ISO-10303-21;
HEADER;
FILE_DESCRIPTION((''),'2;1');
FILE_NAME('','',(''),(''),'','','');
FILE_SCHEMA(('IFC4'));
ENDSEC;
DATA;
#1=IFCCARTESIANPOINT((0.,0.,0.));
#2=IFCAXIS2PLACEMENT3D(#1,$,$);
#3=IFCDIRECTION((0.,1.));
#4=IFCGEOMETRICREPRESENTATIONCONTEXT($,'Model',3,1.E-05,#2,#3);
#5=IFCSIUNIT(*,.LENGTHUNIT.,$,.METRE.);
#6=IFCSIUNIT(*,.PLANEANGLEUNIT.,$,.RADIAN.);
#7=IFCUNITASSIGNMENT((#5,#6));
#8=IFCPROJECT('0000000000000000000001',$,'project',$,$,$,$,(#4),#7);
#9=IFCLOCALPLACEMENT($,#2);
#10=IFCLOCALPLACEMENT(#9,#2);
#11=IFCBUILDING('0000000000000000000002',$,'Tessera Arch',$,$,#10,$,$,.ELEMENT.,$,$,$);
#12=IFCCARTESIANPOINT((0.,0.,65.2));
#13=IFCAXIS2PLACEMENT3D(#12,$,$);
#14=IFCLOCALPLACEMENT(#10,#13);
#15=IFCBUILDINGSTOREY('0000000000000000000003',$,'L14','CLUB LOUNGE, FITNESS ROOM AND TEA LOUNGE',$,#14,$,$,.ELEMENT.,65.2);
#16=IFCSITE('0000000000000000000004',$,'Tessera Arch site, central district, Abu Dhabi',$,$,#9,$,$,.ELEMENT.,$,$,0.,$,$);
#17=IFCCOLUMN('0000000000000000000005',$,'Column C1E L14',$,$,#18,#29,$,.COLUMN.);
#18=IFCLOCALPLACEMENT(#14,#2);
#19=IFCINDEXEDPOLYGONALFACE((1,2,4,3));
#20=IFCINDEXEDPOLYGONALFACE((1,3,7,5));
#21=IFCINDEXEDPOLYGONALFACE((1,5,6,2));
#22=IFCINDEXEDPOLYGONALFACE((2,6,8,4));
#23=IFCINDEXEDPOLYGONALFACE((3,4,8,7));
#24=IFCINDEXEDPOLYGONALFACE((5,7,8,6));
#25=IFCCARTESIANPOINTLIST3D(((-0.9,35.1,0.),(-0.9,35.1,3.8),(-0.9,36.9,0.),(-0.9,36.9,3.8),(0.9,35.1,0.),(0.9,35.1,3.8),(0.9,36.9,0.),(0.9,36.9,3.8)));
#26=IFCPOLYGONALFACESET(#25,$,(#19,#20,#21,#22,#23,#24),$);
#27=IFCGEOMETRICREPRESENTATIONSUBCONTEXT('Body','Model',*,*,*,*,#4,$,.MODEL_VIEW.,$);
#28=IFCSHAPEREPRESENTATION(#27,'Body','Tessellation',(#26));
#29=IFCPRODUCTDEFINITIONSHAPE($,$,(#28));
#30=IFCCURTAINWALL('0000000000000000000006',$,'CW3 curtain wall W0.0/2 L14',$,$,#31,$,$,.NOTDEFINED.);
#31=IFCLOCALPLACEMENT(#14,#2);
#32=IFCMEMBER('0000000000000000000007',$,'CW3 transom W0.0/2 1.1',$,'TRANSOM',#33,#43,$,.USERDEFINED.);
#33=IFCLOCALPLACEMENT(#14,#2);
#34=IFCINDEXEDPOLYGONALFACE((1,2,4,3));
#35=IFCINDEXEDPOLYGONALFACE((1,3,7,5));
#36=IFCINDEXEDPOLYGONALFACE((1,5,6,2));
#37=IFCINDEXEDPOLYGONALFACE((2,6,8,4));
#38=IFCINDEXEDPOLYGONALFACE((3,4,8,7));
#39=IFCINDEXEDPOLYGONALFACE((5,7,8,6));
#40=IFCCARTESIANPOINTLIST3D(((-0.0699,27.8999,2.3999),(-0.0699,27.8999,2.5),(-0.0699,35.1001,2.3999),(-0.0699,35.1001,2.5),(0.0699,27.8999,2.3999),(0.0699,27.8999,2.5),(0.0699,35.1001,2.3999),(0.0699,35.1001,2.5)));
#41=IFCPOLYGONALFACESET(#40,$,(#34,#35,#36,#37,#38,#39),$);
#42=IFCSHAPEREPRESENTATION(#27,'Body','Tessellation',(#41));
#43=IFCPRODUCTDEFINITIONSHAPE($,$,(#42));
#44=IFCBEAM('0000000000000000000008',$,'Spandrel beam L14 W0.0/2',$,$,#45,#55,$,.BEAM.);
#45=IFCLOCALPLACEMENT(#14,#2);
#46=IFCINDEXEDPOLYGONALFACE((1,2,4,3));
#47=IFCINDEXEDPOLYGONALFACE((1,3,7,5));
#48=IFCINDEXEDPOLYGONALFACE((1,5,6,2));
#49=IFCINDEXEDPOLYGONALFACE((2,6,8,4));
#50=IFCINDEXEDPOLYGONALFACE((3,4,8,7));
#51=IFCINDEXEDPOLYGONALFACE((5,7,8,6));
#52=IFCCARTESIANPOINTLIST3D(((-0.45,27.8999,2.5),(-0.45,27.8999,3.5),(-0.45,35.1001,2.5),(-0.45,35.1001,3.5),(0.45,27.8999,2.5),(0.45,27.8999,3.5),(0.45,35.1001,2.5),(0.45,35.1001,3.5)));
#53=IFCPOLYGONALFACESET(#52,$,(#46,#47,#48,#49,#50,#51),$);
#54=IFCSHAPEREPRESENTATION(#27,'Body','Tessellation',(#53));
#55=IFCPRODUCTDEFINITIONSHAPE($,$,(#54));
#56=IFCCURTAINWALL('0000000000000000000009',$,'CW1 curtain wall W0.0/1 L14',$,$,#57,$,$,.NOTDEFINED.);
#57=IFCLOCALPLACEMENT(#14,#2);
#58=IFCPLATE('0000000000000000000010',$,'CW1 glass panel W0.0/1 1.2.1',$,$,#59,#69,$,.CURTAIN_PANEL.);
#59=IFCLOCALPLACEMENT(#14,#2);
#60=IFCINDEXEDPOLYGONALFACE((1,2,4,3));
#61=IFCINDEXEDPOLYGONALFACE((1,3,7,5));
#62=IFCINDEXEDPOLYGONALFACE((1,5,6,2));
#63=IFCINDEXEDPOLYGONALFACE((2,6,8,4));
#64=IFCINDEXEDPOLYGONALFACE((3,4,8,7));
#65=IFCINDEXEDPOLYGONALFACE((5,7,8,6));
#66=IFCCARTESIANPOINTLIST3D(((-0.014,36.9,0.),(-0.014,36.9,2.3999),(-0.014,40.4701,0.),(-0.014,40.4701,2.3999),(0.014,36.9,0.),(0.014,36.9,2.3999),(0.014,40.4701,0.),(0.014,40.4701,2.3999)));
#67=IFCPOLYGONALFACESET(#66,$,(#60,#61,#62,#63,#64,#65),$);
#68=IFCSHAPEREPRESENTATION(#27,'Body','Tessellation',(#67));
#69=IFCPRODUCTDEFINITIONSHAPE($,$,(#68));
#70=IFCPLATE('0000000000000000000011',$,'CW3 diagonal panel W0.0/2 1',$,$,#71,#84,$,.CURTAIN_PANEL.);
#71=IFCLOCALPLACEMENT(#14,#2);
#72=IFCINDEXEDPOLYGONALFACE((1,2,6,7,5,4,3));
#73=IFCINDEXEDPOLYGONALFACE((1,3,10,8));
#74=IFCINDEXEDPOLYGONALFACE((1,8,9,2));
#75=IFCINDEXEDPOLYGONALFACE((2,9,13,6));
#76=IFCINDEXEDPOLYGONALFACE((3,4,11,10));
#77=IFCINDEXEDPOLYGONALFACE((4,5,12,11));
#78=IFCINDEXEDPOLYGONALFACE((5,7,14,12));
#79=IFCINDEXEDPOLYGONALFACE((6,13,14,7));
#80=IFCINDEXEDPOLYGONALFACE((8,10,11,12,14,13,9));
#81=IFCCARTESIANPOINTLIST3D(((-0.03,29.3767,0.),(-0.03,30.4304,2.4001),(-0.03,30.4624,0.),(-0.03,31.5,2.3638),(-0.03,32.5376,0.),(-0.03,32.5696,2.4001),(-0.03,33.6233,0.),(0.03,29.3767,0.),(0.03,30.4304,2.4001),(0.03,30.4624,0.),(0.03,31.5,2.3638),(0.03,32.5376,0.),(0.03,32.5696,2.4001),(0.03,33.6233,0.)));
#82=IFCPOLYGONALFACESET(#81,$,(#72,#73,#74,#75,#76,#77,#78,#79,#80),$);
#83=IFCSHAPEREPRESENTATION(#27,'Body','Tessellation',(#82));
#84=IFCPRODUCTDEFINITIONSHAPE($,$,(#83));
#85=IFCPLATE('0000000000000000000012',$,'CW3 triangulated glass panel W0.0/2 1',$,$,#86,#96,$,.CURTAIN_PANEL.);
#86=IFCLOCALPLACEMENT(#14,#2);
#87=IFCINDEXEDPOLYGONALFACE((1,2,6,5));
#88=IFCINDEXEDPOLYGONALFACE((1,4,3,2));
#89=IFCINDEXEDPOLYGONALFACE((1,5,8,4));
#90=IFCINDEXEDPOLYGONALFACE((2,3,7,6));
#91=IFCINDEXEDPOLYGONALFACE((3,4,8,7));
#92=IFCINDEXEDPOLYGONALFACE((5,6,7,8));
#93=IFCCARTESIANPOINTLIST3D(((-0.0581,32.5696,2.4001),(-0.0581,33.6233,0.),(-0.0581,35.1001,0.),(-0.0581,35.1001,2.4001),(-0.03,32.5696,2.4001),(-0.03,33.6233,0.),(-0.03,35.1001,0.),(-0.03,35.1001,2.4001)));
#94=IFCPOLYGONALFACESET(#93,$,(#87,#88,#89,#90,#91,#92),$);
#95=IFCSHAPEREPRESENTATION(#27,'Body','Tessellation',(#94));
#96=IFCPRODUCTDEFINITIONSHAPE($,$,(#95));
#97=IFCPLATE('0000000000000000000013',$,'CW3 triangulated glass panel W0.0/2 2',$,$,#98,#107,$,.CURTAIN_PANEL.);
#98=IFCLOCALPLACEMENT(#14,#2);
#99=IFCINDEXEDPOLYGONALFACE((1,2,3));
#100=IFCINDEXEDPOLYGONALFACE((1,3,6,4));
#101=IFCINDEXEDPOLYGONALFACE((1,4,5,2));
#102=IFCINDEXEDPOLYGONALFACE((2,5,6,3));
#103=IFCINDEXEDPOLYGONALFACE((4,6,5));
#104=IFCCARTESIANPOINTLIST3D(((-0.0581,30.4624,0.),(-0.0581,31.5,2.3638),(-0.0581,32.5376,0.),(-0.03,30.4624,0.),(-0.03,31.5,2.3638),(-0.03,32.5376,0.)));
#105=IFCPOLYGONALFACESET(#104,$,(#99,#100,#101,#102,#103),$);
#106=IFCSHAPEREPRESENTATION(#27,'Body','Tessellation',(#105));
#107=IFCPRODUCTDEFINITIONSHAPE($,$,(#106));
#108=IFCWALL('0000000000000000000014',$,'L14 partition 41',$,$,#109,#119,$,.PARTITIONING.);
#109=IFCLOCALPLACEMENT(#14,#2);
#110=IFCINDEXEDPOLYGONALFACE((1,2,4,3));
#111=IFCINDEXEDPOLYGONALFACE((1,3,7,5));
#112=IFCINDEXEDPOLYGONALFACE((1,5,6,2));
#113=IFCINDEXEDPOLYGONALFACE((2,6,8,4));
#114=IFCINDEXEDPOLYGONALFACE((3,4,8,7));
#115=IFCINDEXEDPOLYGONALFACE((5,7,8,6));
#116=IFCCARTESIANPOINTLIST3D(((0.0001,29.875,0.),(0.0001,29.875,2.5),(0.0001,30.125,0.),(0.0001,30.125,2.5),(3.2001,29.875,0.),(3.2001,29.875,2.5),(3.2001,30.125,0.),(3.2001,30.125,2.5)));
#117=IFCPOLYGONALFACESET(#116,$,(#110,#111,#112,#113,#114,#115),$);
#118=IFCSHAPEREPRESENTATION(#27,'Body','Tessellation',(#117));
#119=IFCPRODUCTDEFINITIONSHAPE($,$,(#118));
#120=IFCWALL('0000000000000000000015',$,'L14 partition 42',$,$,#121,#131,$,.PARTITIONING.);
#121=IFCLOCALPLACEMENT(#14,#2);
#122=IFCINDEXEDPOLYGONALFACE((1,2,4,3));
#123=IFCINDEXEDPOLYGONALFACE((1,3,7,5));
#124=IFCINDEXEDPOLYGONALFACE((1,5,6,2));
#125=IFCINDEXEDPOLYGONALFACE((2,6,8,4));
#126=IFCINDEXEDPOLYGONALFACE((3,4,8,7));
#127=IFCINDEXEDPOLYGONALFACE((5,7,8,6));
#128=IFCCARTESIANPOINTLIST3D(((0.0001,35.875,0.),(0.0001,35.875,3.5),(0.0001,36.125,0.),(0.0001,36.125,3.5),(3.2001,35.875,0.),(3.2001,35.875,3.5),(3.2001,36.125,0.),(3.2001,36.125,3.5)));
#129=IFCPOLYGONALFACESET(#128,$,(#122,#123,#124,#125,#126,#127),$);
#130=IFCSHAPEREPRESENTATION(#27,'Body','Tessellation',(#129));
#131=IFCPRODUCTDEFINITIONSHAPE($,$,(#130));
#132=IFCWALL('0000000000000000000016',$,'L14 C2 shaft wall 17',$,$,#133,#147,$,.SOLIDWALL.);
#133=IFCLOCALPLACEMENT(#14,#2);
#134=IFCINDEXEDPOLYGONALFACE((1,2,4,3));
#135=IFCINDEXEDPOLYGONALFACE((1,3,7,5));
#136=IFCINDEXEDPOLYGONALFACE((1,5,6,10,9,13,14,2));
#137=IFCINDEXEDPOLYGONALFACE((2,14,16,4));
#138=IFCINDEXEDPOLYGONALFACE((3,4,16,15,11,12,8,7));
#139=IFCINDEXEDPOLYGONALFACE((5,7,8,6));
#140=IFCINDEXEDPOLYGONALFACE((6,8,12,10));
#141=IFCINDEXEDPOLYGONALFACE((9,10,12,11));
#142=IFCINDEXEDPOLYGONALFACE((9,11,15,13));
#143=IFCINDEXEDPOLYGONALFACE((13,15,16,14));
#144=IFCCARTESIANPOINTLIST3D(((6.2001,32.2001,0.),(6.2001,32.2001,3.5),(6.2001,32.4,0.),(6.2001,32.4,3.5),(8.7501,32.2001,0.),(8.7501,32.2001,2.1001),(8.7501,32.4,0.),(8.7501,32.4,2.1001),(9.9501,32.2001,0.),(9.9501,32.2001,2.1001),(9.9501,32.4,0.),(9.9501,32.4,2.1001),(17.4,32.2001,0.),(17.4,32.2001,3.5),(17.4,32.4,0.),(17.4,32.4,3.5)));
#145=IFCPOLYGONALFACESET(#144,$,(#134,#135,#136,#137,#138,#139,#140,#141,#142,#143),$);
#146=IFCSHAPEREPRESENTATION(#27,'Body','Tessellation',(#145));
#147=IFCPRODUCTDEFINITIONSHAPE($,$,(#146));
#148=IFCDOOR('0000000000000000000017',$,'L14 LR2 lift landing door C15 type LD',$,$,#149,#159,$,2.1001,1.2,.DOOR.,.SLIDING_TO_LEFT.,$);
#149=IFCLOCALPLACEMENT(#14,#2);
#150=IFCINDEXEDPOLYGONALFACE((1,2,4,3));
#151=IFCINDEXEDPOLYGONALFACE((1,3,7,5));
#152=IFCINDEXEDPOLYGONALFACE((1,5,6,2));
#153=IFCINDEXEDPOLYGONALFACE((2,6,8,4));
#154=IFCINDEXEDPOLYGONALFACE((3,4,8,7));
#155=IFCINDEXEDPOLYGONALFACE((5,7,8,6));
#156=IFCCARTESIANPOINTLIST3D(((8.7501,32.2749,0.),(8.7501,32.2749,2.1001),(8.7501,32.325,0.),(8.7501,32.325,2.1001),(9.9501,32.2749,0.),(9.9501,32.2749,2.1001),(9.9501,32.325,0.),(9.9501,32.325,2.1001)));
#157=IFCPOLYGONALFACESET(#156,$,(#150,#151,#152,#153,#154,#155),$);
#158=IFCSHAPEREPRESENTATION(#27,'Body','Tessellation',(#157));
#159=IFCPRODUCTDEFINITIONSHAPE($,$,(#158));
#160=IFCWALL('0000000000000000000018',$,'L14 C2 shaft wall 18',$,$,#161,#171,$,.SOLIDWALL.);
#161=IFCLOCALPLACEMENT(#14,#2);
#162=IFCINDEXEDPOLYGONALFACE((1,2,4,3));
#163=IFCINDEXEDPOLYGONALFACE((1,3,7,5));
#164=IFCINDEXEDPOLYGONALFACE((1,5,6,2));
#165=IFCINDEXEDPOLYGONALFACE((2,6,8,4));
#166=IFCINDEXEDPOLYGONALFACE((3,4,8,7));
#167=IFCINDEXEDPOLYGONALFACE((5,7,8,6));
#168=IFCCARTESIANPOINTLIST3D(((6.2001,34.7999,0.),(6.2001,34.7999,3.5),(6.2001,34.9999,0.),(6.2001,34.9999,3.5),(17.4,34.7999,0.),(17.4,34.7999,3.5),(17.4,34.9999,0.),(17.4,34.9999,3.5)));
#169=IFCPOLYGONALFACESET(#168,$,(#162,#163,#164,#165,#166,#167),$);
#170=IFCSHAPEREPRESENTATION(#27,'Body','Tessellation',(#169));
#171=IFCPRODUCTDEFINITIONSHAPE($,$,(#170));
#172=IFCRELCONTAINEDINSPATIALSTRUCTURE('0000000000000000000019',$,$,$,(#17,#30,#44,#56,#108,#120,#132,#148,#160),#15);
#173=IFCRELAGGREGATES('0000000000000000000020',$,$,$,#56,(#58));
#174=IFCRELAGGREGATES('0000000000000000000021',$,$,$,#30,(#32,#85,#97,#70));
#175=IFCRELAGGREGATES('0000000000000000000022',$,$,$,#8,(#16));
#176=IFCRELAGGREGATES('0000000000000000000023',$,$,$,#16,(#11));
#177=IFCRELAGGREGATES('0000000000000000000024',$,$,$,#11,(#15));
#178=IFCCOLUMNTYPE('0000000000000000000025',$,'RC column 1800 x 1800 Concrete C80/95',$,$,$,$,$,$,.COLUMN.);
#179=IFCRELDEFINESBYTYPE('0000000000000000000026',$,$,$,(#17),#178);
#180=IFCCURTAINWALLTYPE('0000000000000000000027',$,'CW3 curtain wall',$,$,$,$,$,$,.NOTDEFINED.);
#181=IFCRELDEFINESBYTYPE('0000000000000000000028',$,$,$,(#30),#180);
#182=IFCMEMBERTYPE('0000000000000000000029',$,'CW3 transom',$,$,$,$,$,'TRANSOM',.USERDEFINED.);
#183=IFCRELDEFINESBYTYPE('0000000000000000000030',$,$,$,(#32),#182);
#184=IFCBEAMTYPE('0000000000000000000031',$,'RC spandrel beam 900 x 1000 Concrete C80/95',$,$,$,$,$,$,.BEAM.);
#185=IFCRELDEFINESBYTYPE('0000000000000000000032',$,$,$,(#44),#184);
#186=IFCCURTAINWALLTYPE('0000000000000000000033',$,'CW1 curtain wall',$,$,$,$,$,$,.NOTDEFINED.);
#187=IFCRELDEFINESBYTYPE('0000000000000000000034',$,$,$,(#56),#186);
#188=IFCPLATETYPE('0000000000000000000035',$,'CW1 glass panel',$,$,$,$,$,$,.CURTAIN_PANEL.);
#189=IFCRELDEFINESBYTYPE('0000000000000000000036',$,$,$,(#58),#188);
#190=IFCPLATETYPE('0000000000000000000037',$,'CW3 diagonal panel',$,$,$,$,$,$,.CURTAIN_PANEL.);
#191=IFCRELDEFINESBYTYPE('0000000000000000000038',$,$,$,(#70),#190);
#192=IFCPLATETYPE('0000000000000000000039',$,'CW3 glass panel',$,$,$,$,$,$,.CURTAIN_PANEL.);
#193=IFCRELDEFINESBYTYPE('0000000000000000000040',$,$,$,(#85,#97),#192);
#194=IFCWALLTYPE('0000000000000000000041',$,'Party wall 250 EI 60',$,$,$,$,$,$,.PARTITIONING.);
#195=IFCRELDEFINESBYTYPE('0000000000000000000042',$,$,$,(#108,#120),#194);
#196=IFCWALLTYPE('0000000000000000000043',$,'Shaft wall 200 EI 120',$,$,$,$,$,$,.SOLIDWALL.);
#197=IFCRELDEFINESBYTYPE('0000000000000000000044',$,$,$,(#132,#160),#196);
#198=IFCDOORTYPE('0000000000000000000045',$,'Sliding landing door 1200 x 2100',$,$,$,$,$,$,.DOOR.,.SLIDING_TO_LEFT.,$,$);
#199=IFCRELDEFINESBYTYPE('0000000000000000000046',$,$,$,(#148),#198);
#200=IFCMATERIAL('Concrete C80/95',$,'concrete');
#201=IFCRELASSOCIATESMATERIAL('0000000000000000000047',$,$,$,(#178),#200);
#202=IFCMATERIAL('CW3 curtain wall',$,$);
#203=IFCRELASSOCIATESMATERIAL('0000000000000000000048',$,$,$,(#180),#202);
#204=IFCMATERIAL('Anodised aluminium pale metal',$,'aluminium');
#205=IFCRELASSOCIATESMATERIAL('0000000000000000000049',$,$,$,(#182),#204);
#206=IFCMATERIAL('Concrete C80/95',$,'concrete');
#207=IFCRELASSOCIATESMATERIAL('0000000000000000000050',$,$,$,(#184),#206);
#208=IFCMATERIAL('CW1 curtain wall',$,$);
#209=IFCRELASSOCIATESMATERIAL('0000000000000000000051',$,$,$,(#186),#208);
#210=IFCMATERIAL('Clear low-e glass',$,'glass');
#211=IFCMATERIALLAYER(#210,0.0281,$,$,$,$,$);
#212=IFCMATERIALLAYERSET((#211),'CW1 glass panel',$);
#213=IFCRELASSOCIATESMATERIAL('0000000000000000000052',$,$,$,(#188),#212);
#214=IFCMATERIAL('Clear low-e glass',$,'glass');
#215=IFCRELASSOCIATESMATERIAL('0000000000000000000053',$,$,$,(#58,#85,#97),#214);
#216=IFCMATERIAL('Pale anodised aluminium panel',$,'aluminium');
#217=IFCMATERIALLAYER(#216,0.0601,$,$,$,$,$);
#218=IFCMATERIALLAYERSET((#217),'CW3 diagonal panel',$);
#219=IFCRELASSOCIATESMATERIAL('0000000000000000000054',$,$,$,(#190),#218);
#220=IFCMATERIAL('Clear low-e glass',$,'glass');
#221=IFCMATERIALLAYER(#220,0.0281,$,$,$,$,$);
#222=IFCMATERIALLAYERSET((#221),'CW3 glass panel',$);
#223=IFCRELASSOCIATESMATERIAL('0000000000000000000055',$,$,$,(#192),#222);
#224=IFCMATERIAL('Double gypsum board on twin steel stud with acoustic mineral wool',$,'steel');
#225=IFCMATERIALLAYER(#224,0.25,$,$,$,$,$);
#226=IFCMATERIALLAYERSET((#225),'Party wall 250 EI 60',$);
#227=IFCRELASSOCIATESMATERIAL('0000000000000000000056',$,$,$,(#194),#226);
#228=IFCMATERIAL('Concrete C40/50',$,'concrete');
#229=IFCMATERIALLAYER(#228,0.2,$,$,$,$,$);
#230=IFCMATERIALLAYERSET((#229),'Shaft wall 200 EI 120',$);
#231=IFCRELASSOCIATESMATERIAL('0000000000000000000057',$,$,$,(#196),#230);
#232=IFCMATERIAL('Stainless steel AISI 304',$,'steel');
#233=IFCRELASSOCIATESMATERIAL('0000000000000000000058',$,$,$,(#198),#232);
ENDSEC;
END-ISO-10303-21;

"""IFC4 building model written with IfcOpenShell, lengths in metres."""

from ifc_helpers import new_model, si_unit, direction, frame, frame_2d, origin, origin_2d, place, context, subcontext, project, spatial, polyline, rectangle, outline, extrude, material, layer, layer_set, material_profile, profile_set, type_object, element, fill, aggregate, save


model = new_model("IFC4")

# Units and contexts
model_context = context("Model", 3, precision=1e-05, world=origin(), true_north=direction((0.0, 1.0)))
body_context = subcontext(model_context, "Body", "Model", "MODEL_VIEW")
ifc_project = project(units=[si_unit("LENGTHUNIT", "METRE"), si_unit("PLANEANGLEUNIT", "RADIAN")], contexts=[model_context])

# Site, building, storey
site_placement = place(None, origin())
site = spatial("IfcSite", under=ifc_project, at=site_placement, Name="Tessera Arch site, central district, Abu Dhabi", CompositionType="ELEMENT", RefElevation=0.0)
building_placement = place(site_placement, origin())
building = spatial("IfcBuilding", under=site, at=building_placement, Name="Tessera Arch", CompositionType="ELEMENT")
storey_placement = place(building_placement, frame((0.0, 0.0, 65.2)))
storey = spatial("IfcBuildingStorey", under=building, at=storey_placement, Name="L14", Description="CLUB LOUNGE, FITNESS ROOM AND TEA LOUNGE", CompositionType="ELEMENT", Elevation=65.2)

# Column
ifc_material_1 = material(Name="Concrete C80/95", Category="concrete")
ifc_material_profile_1 = material_profile(ifc_material_1, rectangle(XDim=1.8, YDim=1.8, at=origin_2d()), Name="RC column 1800 x 1800 Concrete C80/95")
ifc_profile_set_1 = profile_set([ifc_material_profile_1], Name="Concrete C80/95")
column_type = type_object("IfcColumnType", Name="RC column 1800 x 1800 Concrete C80/95", PredefinedType="COLUMN", material=ifc_profile_set_1)
column_placement = place(storey_placement, frame((0.0, 36.0, 0.0), z_axis=(0.0, 0.0, 1.0), x_axis=(1.0, 0.0, 0.0)))
element("IfcColumn", 1, at=column_placement, inside=storey, type_object=column_type, Name="Column C1E L14", PredefinedType="COLUMN", context=body_context, shape_type="SweptSolid", body=[
    extrude(rectangle(XDim=1.8, YDim=1.8, at=origin_2d()), origin(), (0.0, 0.0, 1.0), 3.8),
])

# Curtain wall, member
ifc_material_2 = material(Name="CW3 curtain wall")
curtain_wall_type_1 = type_object("IfcCurtainWallType", Name="CW3 curtain wall", PredefinedType="NOTDEFINED", material=ifc_material_2)
curtain_wall_1_placement = place(storey_placement, origin())
curtain_wall_1 = element("IfcCurtainWall", 2, at=curtain_wall_1_placement, inside=storey, type_object=curtain_wall_type_1, Name="CW3 curtain wall W0.0/2 L14", PredefinedType="NOTDEFINED")
ifc_material_3 = material(Name="Anodised aluminium pale metal", Category="aluminium")
ifc_material_profile_2 = material_profile(ifc_material_3, rectangle(XDim=0.1399, YDim=0.1001, at=origin_2d()), Name="AL 140x100")
ifc_profile_set_2 = profile_set([ifc_material_profile_2], Name="Anodised aluminium pale metal")
member_type = type_object("IfcMemberType", Name="CW3 transom", ElementType="TRANSOM", PredefinedType="USERDEFINED", material=ifc_profile_set_2)
member_placement = place(storey_placement, frame((0.0, 35.1001, 2.45), z_axis=(0.0, -1.0, 0.0), x_axis=(1.0, 0.0, 0.0)))
member = element("IfcMember", 3, at=member_placement, type_object=member_type, Name="CW3 transom W0.0/2 1.1", ObjectType="TRANSOM", PredefinedType="USERDEFINED", context=body_context, shape_type="SweptSolid", body=[
    extrude(rectangle(XDim=0.1399, YDim=0.1001, at=origin_2d()), origin(), (0.0, 0.0, 1.0), 7.2002),
])

# Beam
ifc_material_4 = material(Name="Concrete C80/95", Category="concrete")
ifc_material_profile_3 = material_profile(ifc_material_4, rectangle(XDim=0.8999, YDim=1.0, at=origin_2d()), Name="RC spandrel beam 900 x 1000 Concrete C80/95")
ifc_profile_set_3 = profile_set([ifc_material_profile_3], Name="Concrete C80/95")
beam_type = type_object("IfcBeamType", Name="RC spandrel beam 900 x 1000 Concrete C80/95", PredefinedType="BEAM", material=ifc_profile_set_3)
beam_placement = place(storey_placement, frame((0.0, 35.1001, 3.0), z_axis=(0.0, -1.0, 0.0), x_axis=(1.0, 0.0, 0.0)))
element("IfcBeam", 4, at=beam_placement, inside=storey, type_object=beam_type, Name="Spandrel beam L14 W0.0/2", PredefinedType="BEAM", context=body_context, shape_type="SweptSolid", body=[
    extrude(rectangle(XDim=0.8999, YDim=1.0, at=origin_2d()), origin(), (0.0, 0.0, 1.0), 7.2002),
])

# Curtain wall, plate
ifc_material_5 = material(Name="CW1 curtain wall")
curtain_wall_type_2 = type_object("IfcCurtainWallType", Name="CW1 curtain wall", PredefinedType="NOTDEFINED", material=ifc_material_5)
curtain_wall_2_placement = place(storey_placement, origin())
curtain_wall_2 = element("IfcCurtainWall", 5, at=curtain_wall_2_placement, inside=storey, type_object=curtain_wall_type_2, Name="CW1 curtain wall W0.0/1 L14", PredefinedType="NOTDEFINED")
ifc_material_6 = material(Name="Clear low-e glass", Category="glass")
ifc_material_7 = material(Name="Clear low-e glass", Category="glass")
ifc_layer_1 = layer(ifc_material_7, 0.0281)
ifc_layer_set_1 = layer_set([ifc_layer_1], Name="CW1 glass panel")
plate_type_1 = type_object("IfcPlateType", Name="CW1 glass panel", PredefinedType="CURTAIN_PANEL", material=ifc_layer_set_1)
plate_1_placement = place(storey_placement, frame((0.0, 38.6851, 0.0), z_axis=(0.0, 0.0, 1.0), x_axis=(0.0, -1.0, 0.0)))
plate_1 = element("IfcPlate", 6, at=plate_1_placement, type_object=plate_type_1, material=ifc_material_6, Name="CW1 glass panel W0.0/1 1.2.1", PredefinedType="CURTAIN_PANEL", context=body_context, shape_type="SweptSolid", body=[
    extrude(rectangle(XDim=3.5701, YDim=0.0281, at=origin_2d()), origin(), (0.0, 0.0, 1.0), 2.3999),
])
aggregate(curtain_wall_2, [plate_1])

# Plates
ifc_material_8 = material(Name="Pale anodised aluminium panel", Category="aluminium")
ifc_layer_2 = layer(ifc_material_8, 0.0601)
ifc_layer_set_2 = layer_set([ifc_layer_2], Name="CW3 diagonal panel")
plate_type_2 = type_object("IfcPlateType", Name="CW3 diagonal panel", PredefinedType="CURTAIN_PANEL", material=ifc_layer_set_2)
plate_2_placement = place(storey_placement, frame((-0.03, 30.4304, 2.4001), z_axis=(-1.0, 0.0, 0.0), x_axis=(0.0, 1.0, 0.0)))
plate_2 = element("IfcPlate", 7, at=plate_2_placement, type_object=plate_type_2, Name="CW3 diagonal panel W0.0/2 1", PredefinedType="CURTAIN_PANEL", context=body_context, shape_type="SweptSolid", body=[
    extrude(outline(polyline([(0.0, 0.0), (2.1392, 0.0), (3.1929, 2.4001), (2.1072, 2.4001), (1.0696, 0.0364), (0.032, 2.4001), (-1.0537, 2.4001), (0.0, 0.0)])), origin(), (0.0, 0.0, -1.0), 0.0601),
])
ifc_material_9 = material(Name="Clear low-e glass", Category="glass")
ifc_layer_3 = layer(ifc_material_9, 0.0281)
ifc_layer_set_3 = layer_set([ifc_layer_3], Name="CW3 glass panel")
plate_type_3 = type_object("IfcPlateType", Name="CW3 glass panel", PredefinedType="CURTAIN_PANEL", material=ifc_layer_set_3)
plate_3_placement = place(storey_placement, frame((-0.0581, 35.1001, 0.0), z_axis=(-1.0, 0.0, 0.0), x_axis=(0.0, -1.0, 0.0)))
plate_3 = element("IfcPlate", 8, at=plate_3_placement, type_object=plate_type_3, material=ifc_material_6, Name="CW3 triangulated glass panel W0.0/2 1", PredefinedType="CURTAIN_PANEL", context=body_context, shape_type="SweptSolid", body=[
    extrude(outline(polyline([(0.0, 0.0), (1.4768, 0.0), (2.5305, 2.4001), (0.0, 2.4001), (0.0, 0.0)])), origin(), (0.0, 0.0, -1.0), 0.0281),
])
plate_4_placement = place(storey_placement, frame((-0.0581, 32.5376, 0.0), z_axis=(-1.0, 0.0, 0.0), x_axis=(0.0, -1.0, 0.0)))
plate_4 = element("IfcPlate", 9, at=plate_4_placement, type_object=plate_type_3, material=ifc_material_6, Name="CW3 triangulated glass panel W0.0/2 2", PredefinedType="CURTAIN_PANEL", context=body_context, shape_type="SweptSolid", body=[
    extrude(outline(polyline([(0.0, 0.0), (2.0752, 0.0), (1.0376, 2.3638), (0.0, 0.0)])), origin(), (0.0, 0.0, -1.0), 0.0281),
])
aggregate(curtain_wall_1, [member, plate_3, plate_4, plate_2])

# Walls
ifc_material_10 = material(Name="Double gypsum board on twin steel stud with acoustic mineral wool", Category="steel")
ifc_layer_4 = layer(ifc_material_10, 0.25)
ifc_layer_set_4 = layer_set([ifc_layer_4], Name="Party wall 250 EI 60")
wall_type_1 = type_object("IfcWallType", Name="Party wall 250 EI 60", PredefinedType="PARTITIONING", material=ifc_layer_set_4)
wall_1_placement = place(storey_placement, frame((0.0, 30.0, 0.0), z_axis=(0.0, 0.0, 1.0), x_axis=(1.0, 0.0, 0.0)))
element("IfcWall", 10, at=wall_1_placement, inside=storey, type_object=wall_type_1, Name="L14 partition 41", PredefinedType="PARTITIONING", context=body_context, shape_type="SweptSolid", body=[
    extrude(rectangle(XDim=3.2, YDim=0.25, at=frame_2d((1.6001, 0.0))), origin(), (0.0, 0.0, 1.0), 2.5),
])
wall_2_placement = place(storey_placement, frame((0.0, 36.0, 0.0), z_axis=(0.0, 0.0, 1.0), x_axis=(1.0, 0.0, 0.0)))
element("IfcWall", 11, at=wall_2_placement, inside=storey, type_object=wall_type_1, Name="L14 partition 42", PredefinedType="PARTITIONING", context=body_context, shape_type="SweptSolid", body=[
    extrude(rectangle(XDim=3.2, YDim=0.25, at=frame_2d((1.6001, 0.0))), origin(), (0.0, 0.0, 1.0), 3.5),
])

# Wall, opening, door
ifc_material_11 = material(Name="Concrete C40/50", Category="concrete")
ifc_layer_5 = layer(ifc_material_11, 0.2)
ifc_layer_set_5 = layer_set([ifc_layer_5], Name="Shaft wall 200 EI 120")
wall_type_2 = type_object("IfcWallType", Name="Shaft wall 200 EI 120", PredefinedType="SOLIDWALL", material=ifc_layer_set_5)
wall_3_placement = place(storey_placement, frame((6.2, 32.3, 0.0), z_axis=(0.0, 0.0, 1.0), x_axis=(1.0, 0.0, 0.0)))
wall_3 = element("IfcWall", 12, at=wall_3_placement, inside=storey, type_object=wall_type_2, Name="L14 C2 shaft wall 17", PredefinedType="SOLIDWALL", context=body_context, shape_type="SweptSolid", body=[
    extrude(rectangle(XDim=11.2, YDim=0.2, at=frame_2d((5.6001, 0.0))), origin(), (0.0, 0.0, 1.0), 3.5),
])
opening_1_placement = place(wall_3_placement, frame((2.55, 0.0, 0.0)))
opening_1 = element("IfcOpeningElement", 13, at=opening_1_placement, cuts=wall_3, PredefinedType="OPENING", context=body_context, shape_type="SweptSolid", body=[
    extrude(rectangle(XDim=1.2, YDim=2.1001, at=frame_2d((0.6001, 1.05))), frame((0.0, 0.1099, 0.0), z_axis=(0.0, -1.0, 0.0), x_axis=(1.0, 0.0, 0.0)), (0.0, 0.0, 1.0), 0.22),
])
ifc_material_12 = material(Name="Stainless steel AISI 304", Category="steel")
door_type = type_object("IfcDoorType", Name="Sliding landing door 1200 x 2100", OperationType="SLIDING_TO_LEFT", PredefinedType="DOOR", material=ifc_material_12)
door_1_placement = place(opening_1_placement, origin())
door_1 = element("IfcDoor", 14, at=door_1_placement, inside=storey, type_object=door_type, Name="L14 LR2 lift landing door C15 type LD", OperationType="SLIDING_TO_LEFT", OverallHeight=2.1001, OverallWidth=1.2, PredefinedType="DOOR", context=body_context, shape_type="SweptSolid", body=[
    extrude(rectangle(XDim=1.2, YDim=2.1001, at=frame_2d((0.6001, 1.05))), frame((0.0, 0.0249, 0.0), z_axis=(0.0, -1.0, 0.0), x_axis=(1.0, 0.0, 0.0)), (0.0, 0.0, 1.0), 0.05),
])
fill(opening_1, door_1)

# Wall
wall_4_placement = place(storey_placement, frame((6.2, 34.8999, 0.0), z_axis=(0.0, 0.0, 1.0), x_axis=(1.0, 0.0, 0.0)))
element("IfcWall", 15, at=wall_4_placement, inside=storey, type_object=wall_type_2, Name="L14 C2 shaft wall 18", PredefinedType="SOLIDWALL", context=body_context, shape_type="SweptSolid", body=[
    extrude(rectangle(XDim=11.2, YDim=0.2, at=frame_2d((5.6001, 0.0))), origin(), (0.0, 0.0, 1.0), 3.5),
])

save(model, "model.ifc")
